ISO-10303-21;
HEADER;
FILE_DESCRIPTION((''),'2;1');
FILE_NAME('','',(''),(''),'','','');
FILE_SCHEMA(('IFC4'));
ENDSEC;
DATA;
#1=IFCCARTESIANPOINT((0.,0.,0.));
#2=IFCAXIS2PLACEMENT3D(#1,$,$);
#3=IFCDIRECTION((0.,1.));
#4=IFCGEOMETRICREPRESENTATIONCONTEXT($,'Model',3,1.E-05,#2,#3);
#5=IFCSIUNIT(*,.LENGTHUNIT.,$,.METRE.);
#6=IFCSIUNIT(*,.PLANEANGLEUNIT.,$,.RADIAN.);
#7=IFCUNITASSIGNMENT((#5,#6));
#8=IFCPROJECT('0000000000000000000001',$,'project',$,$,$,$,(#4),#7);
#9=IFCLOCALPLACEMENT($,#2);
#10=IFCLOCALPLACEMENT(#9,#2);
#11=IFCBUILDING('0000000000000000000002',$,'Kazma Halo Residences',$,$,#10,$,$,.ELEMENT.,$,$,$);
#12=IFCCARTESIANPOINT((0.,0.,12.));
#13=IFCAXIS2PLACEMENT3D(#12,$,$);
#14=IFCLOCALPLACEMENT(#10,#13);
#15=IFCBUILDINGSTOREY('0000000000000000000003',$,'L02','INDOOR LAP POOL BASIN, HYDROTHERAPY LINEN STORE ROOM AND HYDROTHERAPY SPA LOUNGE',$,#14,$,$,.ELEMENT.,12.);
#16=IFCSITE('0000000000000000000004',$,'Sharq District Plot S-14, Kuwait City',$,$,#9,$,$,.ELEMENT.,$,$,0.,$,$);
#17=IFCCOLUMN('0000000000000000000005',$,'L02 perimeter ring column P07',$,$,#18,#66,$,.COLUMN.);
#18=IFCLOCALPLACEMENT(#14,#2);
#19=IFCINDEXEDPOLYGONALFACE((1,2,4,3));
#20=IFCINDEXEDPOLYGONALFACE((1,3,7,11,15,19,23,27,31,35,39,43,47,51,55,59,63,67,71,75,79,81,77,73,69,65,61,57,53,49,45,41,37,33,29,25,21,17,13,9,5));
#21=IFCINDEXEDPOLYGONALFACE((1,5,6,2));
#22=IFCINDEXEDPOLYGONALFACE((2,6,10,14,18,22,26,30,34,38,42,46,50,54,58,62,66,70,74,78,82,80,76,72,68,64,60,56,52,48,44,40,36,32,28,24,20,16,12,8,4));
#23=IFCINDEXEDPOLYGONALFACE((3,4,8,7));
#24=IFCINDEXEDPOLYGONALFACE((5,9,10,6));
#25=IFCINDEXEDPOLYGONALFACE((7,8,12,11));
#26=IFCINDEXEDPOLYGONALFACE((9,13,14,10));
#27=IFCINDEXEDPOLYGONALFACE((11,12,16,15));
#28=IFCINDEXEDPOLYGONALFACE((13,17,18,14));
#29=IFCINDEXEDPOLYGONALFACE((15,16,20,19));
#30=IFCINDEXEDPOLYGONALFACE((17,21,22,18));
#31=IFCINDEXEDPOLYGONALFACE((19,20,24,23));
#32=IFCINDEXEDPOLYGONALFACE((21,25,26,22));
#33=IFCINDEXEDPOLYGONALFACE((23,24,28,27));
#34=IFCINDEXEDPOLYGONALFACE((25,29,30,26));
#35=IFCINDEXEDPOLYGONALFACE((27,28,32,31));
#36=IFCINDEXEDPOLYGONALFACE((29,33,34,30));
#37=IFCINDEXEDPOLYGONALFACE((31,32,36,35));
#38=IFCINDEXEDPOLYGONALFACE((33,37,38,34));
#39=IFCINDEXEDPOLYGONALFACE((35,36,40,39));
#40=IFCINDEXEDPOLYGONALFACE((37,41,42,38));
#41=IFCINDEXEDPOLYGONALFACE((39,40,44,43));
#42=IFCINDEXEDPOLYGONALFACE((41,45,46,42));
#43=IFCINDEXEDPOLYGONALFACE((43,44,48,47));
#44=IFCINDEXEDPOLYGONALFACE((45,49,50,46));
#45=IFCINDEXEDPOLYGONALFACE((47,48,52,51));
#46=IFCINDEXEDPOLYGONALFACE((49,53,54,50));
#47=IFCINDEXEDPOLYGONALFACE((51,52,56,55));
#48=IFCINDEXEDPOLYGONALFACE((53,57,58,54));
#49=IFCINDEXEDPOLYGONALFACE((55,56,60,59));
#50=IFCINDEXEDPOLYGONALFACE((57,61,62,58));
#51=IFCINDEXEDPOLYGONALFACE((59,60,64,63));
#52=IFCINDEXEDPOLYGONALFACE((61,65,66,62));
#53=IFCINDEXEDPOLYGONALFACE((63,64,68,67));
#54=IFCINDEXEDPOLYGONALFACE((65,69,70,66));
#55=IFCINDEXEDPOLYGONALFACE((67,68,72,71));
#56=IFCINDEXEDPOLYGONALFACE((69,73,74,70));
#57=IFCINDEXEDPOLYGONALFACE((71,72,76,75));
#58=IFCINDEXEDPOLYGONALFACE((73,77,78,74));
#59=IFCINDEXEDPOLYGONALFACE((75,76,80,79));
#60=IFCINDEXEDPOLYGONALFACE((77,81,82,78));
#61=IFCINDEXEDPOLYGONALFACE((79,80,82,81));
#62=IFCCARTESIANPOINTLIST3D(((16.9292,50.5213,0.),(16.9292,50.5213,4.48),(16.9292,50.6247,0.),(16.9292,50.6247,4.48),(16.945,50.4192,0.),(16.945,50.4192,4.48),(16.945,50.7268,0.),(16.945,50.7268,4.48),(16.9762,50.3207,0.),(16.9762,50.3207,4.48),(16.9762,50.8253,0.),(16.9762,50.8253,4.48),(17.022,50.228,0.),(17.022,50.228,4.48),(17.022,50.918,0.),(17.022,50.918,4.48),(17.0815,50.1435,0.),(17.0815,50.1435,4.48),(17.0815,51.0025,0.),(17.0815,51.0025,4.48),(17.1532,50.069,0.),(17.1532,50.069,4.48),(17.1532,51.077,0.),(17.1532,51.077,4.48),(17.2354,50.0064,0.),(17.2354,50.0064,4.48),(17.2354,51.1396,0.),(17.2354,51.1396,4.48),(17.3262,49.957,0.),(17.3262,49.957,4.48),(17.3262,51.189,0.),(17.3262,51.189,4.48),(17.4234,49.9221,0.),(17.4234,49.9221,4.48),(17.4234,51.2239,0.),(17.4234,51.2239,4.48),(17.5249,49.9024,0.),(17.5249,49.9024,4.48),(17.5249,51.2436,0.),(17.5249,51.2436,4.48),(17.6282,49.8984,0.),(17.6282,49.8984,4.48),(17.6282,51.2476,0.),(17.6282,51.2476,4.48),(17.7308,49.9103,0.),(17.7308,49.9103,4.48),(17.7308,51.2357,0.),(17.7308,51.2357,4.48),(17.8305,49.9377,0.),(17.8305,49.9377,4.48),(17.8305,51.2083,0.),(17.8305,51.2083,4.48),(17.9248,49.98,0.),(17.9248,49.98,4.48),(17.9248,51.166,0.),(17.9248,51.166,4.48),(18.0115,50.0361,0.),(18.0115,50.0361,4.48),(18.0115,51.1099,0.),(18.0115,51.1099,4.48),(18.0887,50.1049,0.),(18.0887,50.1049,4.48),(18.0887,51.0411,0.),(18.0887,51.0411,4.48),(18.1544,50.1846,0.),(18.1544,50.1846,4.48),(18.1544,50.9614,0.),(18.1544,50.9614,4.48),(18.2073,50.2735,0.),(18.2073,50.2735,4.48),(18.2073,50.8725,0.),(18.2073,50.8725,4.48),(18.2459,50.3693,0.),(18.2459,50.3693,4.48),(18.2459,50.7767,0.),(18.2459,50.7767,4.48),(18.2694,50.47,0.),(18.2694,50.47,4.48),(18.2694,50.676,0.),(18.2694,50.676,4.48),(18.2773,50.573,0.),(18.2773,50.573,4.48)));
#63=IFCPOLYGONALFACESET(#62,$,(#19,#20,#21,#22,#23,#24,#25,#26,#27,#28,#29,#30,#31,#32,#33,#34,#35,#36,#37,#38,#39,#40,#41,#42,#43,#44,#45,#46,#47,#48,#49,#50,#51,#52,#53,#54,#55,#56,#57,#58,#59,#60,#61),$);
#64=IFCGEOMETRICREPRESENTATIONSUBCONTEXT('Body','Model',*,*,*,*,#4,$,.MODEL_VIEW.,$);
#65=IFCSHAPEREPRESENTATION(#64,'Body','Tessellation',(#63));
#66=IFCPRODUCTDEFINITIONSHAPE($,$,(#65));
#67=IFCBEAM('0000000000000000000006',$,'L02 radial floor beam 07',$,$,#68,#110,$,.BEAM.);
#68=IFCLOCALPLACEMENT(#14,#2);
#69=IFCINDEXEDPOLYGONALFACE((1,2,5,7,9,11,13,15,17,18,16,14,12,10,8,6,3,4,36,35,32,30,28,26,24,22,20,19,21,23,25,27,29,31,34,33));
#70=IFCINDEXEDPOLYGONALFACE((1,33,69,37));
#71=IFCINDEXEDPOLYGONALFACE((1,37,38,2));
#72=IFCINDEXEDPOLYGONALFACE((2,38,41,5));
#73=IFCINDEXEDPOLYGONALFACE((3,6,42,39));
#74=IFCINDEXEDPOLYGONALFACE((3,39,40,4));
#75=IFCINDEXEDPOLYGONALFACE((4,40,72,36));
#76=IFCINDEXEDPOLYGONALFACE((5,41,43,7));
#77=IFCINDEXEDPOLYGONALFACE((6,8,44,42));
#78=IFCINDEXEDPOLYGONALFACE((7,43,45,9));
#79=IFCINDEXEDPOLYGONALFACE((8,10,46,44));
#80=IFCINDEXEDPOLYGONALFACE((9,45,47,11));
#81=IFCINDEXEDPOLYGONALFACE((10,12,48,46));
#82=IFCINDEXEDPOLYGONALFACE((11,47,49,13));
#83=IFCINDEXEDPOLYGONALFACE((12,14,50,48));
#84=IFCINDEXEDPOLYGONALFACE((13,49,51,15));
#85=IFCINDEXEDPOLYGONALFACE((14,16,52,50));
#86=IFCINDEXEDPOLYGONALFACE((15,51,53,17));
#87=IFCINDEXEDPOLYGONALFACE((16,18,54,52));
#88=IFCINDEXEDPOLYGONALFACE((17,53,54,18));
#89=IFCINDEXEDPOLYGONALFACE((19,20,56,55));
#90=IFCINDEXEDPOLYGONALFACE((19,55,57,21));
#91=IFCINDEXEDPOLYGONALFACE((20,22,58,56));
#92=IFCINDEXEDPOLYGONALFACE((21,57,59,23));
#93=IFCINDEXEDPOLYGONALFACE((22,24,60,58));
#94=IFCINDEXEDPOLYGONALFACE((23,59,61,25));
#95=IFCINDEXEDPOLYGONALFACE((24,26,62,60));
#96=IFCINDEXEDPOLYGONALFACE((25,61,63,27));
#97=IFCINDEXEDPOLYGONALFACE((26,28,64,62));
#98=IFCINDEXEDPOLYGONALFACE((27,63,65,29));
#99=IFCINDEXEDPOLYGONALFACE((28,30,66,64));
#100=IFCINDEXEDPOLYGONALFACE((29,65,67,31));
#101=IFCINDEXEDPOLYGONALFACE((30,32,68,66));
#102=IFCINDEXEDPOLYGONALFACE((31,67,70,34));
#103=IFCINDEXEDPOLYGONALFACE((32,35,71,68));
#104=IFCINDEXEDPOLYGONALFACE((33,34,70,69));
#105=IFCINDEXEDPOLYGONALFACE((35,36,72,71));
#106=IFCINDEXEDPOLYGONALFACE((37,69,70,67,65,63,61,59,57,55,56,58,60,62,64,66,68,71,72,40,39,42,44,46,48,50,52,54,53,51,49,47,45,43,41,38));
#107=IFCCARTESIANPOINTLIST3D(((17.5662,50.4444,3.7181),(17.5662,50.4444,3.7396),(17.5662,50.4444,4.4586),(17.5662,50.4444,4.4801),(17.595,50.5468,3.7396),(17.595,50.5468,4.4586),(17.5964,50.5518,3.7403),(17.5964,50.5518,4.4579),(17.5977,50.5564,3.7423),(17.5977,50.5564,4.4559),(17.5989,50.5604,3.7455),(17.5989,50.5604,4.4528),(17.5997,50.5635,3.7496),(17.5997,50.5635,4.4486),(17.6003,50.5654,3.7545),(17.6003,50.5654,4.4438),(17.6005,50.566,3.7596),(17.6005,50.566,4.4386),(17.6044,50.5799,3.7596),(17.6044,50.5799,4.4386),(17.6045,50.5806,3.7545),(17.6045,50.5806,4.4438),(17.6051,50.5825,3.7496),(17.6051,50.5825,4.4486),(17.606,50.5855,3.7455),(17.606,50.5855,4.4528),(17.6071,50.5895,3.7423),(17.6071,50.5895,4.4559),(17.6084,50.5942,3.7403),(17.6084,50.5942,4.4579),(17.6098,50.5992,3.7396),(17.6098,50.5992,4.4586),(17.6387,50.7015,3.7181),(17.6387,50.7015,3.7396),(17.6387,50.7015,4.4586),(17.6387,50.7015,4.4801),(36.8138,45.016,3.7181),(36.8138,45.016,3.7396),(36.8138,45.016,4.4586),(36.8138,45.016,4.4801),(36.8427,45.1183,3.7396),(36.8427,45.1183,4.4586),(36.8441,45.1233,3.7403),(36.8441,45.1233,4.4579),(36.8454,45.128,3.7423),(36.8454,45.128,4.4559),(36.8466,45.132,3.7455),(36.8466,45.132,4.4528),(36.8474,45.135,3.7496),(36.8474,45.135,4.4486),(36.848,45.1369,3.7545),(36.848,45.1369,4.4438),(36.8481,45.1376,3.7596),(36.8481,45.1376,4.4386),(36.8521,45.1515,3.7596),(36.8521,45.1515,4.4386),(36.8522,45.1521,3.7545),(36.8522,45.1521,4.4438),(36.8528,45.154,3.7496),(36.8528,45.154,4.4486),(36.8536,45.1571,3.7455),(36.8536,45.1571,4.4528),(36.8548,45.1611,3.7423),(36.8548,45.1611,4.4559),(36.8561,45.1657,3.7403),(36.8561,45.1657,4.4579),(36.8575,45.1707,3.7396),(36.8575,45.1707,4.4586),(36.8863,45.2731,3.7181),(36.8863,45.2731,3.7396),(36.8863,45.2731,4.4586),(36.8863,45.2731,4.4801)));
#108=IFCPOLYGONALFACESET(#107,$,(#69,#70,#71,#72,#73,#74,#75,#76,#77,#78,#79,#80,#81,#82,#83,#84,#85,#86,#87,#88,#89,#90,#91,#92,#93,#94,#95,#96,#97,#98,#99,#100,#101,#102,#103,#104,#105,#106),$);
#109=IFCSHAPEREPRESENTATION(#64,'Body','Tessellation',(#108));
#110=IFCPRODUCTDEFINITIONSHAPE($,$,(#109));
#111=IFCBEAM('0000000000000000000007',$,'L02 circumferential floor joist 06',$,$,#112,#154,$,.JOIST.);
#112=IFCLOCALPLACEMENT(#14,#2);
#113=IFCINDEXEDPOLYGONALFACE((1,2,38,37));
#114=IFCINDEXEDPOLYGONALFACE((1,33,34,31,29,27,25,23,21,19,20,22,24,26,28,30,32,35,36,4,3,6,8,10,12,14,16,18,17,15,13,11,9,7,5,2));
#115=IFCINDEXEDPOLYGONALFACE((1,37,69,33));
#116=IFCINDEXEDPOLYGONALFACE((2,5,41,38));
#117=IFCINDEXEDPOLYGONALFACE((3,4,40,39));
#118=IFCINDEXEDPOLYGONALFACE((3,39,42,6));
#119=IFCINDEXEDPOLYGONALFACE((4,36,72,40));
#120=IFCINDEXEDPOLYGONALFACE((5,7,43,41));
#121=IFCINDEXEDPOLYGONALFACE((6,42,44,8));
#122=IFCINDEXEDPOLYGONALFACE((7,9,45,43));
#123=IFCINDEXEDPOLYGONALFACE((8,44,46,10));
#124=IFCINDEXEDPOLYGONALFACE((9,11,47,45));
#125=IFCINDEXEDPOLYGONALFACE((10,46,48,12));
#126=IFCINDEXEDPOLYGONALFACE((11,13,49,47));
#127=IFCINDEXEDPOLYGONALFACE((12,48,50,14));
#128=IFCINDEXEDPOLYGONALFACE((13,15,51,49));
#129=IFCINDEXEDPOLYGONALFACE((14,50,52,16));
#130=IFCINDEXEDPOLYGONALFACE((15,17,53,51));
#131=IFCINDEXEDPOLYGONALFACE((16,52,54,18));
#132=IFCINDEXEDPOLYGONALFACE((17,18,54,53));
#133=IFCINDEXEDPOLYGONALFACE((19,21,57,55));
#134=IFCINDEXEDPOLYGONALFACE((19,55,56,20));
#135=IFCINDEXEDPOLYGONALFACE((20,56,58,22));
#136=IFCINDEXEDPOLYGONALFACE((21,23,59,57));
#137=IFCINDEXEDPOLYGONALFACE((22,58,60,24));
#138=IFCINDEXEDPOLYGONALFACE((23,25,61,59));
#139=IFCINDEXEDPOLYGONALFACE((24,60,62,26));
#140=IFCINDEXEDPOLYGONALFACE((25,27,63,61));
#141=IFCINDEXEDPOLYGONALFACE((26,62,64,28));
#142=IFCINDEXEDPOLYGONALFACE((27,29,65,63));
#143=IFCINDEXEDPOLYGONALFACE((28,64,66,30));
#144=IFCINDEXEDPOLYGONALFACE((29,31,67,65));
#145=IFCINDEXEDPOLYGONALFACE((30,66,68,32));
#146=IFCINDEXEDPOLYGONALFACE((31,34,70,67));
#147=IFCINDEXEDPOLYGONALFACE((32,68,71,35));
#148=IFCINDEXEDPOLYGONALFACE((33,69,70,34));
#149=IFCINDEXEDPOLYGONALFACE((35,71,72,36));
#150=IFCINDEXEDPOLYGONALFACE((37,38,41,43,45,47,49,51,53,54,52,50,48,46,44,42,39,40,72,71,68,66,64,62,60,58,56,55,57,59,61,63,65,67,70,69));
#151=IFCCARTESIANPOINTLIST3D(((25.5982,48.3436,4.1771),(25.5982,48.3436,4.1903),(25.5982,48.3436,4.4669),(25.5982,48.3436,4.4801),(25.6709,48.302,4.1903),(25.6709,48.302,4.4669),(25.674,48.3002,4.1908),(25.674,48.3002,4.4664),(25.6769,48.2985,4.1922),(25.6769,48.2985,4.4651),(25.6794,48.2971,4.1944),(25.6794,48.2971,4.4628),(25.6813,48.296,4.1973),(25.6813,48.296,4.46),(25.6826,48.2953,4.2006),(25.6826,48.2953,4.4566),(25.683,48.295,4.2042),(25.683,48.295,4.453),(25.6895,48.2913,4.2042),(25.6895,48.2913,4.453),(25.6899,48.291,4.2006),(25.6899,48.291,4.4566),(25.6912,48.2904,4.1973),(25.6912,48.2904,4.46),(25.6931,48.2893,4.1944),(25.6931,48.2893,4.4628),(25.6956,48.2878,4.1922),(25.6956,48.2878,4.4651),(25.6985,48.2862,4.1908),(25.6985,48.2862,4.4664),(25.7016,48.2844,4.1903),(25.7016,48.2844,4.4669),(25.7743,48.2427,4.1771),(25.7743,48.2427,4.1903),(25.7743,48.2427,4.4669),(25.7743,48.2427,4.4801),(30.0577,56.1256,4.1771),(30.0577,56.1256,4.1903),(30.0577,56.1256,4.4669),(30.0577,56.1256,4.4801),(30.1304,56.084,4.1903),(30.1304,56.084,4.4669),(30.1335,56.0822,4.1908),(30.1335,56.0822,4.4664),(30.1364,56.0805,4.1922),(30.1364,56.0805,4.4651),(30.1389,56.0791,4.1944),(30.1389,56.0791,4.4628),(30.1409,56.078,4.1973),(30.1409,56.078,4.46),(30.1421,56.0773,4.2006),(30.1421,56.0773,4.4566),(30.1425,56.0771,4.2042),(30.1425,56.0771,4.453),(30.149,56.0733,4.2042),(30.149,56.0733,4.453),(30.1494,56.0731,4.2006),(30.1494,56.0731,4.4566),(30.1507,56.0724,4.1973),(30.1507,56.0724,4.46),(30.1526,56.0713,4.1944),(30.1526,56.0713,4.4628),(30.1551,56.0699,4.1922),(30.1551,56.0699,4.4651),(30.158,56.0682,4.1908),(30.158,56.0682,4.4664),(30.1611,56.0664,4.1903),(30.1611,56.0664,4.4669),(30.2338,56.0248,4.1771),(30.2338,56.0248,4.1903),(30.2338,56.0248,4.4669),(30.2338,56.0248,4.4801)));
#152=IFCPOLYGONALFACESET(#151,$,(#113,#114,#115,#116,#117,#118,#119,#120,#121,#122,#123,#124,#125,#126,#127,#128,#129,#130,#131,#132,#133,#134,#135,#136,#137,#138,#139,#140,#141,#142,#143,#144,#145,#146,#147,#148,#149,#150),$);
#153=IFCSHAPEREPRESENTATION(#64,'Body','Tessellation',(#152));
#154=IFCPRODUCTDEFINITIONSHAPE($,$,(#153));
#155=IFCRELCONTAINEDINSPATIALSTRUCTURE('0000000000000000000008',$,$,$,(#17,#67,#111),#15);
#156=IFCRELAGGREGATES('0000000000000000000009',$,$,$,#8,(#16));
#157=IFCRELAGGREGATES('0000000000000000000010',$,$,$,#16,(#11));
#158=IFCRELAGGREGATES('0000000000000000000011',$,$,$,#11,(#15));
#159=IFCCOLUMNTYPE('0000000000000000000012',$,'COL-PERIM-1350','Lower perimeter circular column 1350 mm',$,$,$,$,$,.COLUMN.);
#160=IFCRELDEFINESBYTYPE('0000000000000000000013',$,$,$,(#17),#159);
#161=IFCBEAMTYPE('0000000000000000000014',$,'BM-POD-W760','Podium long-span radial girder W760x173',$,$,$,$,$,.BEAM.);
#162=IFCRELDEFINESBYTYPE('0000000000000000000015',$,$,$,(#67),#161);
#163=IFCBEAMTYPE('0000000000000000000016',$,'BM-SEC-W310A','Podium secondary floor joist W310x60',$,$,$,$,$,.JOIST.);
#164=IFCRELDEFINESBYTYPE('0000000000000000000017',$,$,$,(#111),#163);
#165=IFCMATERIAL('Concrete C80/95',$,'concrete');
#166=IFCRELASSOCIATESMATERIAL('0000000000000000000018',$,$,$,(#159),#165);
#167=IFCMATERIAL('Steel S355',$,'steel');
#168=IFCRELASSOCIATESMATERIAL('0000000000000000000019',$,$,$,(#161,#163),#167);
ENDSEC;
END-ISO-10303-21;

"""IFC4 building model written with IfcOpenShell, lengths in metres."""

from ifc_helpers import new_model, si_unit, direction, frame, origin, origin_2d, place, context, subcontext, project, spatial, circle, i_section, extrude, material, material_profile, profile_set, type_object, element, save


model = new_model("IFC4")

# Units and contexts
model_context = context("Model", 3, precision=1e-05, world=origin(), true_north=direction((0.0, 1.0)))
body_context = subcontext(model_context, "Body", "Model", "MODEL_VIEW")
ifc_project = project(units=[si_unit("LENGTHUNIT", "METRE"), si_unit("PLANEANGLEUNIT", "RADIAN")], contexts=[model_context])

# Site, building, storey
site_placement = place(None, origin())
site = spatial("IfcSite", under=ifc_project, at=site_placement, Name="Sharq District Plot S-14, Kuwait City", CompositionType="ELEMENT", RefElevation=0.0)
building_placement = place(site_placement, origin())
building = spatial("IfcBuilding", under=site, at=building_placement, Name="Kazma Halo Residences", CompositionType="ELEMENT")
storey_placement = place(building_placement, frame((0.0, 0.0, 12.0)))
storey = spatial("IfcBuildingStorey", under=building, at=storey_placement, Name="L02", Description="INDOOR LAP POOL BASIN, HYDROTHERAPY LINEN STORE ROOM AND HYDROTHERAPY SPA LOUNGE", CompositionType="ELEMENT", Elevation=12.0)

# Column
ifc_material_1 = material(Name="Concrete C80/95", Category="concrete")
ifc_material_profile_1 = material_profile(ifc_material_1, circle(Radius=0.675, at=origin_2d()), Name="CIRC1350")
ifc_profile_set_1 = profile_set([ifc_material_profile_1], Name="Concrete C80/95")
column_type = type_object("IfcColumnType", Name="COL-PERIM-1350", Description="Lower perimeter circular column 1350 mm", PredefinedType="COLUMN", material=ifc_profile_set_1)
column_placement = place(storey_placement, frame((17.6023, 50.573, 0.0), z_axis=(0.0, 0.0, 1.0), x_axis=(1.0, 0.0, 0.0)))
element("IfcColumn", 1, at=column_placement, inside=storey, type_object=column_type, Name="L02 perimeter ring column P07", PredefinedType="COLUMN", context=body_context, shape_type="SweptSolid", body=[
    extrude(circle(Radius=0.675, at=origin_2d()), origin(), (0.0, 0.0, 1.0), 4.48),
])

# Beams
ifc_material_2 = material(Name="Steel S355", Category="steel")
ifc_material_profile_2 = material_profile(ifc_material_2, i_section(OverallWidth=0.2671, OverallDepth=0.762, WebThickness=0.0144, FlangeThickness=0.0215, FilletRadius=0.02, at=origin_2d()), Name="W760x173")
ifc_profile_set_2 = profile_set([ifc_material_profile_2], Name="Steel S355")
beam_type_1 = type_object("IfcBeamType", Name="BM-POD-W760", Description="Podium long-span radial girder W760x173", PredefinedType="BEAM", material=ifc_profile_set_2)
beam_1_placement = place(storey_placement, frame((36.8501, 45.1445, 4.0991), z_axis=(-0.962455, 0.271442, 0.0), x_axis=(-0.271442, -0.962455, 0.0)))
element("IfcBeam", 2, at=beam_1_placement, inside=storey, type_object=beam_type_1, Name="L02 radial floor beam 07", PredefinedType="BEAM", context=body_context, shape_type="SweptSolid", body=[
    extrude(i_section(OverallWidth=0.2671, OverallDepth=0.762, WebThickness=0.0144, FlangeThickness=0.0215, FilletRadius=0.02, at=origin_2d()), origin(), (0.0, 0.0, 1.0), 19.9985),
])
ifc_material_profile_3 = material_profile(ifc_material_2, i_section(OverallWidth=0.2029, OverallDepth=0.303, WebThickness=0.0076, FlangeThickness=0.0132, FilletRadius=0.0139, at=origin_2d()), Name="W310x60")
ifc_profile_set_3 = profile_set([ifc_material_profile_3], Name="Steel S355")
beam_type_2 = type_object("IfcBeamType", Name="BM-SEC-W310A", Description="Podium secondary floor joist W310x60", PredefinedType="JOIST", material=ifc_profile_set_3)
beam_2_placement = place(storey_placement, frame((30.1458, 56.0752, 4.3286), z_axis=(-0.4972, -0.867636, 0.0), x_axis=(0.867636, -0.4972, 0.0)))
element("IfcBeam", 3, at=beam_2_placement, inside=storey, type_object=beam_type_2, Name="L02 circumferential floor joist 06", PredefinedType="JOIST", context=body_context, shape_type="SweptSolid", body=[
    extrude(i_section(OverallWidth=0.2029, OverallDepth=0.303, WebThickness=0.0076, FlangeThickness=0.0132, FilletRadius=0.0139, at=origin_2d()), origin(), (0.0, 0.0, 1.0), 8.9692),
])

save(model, "model.ifc")
